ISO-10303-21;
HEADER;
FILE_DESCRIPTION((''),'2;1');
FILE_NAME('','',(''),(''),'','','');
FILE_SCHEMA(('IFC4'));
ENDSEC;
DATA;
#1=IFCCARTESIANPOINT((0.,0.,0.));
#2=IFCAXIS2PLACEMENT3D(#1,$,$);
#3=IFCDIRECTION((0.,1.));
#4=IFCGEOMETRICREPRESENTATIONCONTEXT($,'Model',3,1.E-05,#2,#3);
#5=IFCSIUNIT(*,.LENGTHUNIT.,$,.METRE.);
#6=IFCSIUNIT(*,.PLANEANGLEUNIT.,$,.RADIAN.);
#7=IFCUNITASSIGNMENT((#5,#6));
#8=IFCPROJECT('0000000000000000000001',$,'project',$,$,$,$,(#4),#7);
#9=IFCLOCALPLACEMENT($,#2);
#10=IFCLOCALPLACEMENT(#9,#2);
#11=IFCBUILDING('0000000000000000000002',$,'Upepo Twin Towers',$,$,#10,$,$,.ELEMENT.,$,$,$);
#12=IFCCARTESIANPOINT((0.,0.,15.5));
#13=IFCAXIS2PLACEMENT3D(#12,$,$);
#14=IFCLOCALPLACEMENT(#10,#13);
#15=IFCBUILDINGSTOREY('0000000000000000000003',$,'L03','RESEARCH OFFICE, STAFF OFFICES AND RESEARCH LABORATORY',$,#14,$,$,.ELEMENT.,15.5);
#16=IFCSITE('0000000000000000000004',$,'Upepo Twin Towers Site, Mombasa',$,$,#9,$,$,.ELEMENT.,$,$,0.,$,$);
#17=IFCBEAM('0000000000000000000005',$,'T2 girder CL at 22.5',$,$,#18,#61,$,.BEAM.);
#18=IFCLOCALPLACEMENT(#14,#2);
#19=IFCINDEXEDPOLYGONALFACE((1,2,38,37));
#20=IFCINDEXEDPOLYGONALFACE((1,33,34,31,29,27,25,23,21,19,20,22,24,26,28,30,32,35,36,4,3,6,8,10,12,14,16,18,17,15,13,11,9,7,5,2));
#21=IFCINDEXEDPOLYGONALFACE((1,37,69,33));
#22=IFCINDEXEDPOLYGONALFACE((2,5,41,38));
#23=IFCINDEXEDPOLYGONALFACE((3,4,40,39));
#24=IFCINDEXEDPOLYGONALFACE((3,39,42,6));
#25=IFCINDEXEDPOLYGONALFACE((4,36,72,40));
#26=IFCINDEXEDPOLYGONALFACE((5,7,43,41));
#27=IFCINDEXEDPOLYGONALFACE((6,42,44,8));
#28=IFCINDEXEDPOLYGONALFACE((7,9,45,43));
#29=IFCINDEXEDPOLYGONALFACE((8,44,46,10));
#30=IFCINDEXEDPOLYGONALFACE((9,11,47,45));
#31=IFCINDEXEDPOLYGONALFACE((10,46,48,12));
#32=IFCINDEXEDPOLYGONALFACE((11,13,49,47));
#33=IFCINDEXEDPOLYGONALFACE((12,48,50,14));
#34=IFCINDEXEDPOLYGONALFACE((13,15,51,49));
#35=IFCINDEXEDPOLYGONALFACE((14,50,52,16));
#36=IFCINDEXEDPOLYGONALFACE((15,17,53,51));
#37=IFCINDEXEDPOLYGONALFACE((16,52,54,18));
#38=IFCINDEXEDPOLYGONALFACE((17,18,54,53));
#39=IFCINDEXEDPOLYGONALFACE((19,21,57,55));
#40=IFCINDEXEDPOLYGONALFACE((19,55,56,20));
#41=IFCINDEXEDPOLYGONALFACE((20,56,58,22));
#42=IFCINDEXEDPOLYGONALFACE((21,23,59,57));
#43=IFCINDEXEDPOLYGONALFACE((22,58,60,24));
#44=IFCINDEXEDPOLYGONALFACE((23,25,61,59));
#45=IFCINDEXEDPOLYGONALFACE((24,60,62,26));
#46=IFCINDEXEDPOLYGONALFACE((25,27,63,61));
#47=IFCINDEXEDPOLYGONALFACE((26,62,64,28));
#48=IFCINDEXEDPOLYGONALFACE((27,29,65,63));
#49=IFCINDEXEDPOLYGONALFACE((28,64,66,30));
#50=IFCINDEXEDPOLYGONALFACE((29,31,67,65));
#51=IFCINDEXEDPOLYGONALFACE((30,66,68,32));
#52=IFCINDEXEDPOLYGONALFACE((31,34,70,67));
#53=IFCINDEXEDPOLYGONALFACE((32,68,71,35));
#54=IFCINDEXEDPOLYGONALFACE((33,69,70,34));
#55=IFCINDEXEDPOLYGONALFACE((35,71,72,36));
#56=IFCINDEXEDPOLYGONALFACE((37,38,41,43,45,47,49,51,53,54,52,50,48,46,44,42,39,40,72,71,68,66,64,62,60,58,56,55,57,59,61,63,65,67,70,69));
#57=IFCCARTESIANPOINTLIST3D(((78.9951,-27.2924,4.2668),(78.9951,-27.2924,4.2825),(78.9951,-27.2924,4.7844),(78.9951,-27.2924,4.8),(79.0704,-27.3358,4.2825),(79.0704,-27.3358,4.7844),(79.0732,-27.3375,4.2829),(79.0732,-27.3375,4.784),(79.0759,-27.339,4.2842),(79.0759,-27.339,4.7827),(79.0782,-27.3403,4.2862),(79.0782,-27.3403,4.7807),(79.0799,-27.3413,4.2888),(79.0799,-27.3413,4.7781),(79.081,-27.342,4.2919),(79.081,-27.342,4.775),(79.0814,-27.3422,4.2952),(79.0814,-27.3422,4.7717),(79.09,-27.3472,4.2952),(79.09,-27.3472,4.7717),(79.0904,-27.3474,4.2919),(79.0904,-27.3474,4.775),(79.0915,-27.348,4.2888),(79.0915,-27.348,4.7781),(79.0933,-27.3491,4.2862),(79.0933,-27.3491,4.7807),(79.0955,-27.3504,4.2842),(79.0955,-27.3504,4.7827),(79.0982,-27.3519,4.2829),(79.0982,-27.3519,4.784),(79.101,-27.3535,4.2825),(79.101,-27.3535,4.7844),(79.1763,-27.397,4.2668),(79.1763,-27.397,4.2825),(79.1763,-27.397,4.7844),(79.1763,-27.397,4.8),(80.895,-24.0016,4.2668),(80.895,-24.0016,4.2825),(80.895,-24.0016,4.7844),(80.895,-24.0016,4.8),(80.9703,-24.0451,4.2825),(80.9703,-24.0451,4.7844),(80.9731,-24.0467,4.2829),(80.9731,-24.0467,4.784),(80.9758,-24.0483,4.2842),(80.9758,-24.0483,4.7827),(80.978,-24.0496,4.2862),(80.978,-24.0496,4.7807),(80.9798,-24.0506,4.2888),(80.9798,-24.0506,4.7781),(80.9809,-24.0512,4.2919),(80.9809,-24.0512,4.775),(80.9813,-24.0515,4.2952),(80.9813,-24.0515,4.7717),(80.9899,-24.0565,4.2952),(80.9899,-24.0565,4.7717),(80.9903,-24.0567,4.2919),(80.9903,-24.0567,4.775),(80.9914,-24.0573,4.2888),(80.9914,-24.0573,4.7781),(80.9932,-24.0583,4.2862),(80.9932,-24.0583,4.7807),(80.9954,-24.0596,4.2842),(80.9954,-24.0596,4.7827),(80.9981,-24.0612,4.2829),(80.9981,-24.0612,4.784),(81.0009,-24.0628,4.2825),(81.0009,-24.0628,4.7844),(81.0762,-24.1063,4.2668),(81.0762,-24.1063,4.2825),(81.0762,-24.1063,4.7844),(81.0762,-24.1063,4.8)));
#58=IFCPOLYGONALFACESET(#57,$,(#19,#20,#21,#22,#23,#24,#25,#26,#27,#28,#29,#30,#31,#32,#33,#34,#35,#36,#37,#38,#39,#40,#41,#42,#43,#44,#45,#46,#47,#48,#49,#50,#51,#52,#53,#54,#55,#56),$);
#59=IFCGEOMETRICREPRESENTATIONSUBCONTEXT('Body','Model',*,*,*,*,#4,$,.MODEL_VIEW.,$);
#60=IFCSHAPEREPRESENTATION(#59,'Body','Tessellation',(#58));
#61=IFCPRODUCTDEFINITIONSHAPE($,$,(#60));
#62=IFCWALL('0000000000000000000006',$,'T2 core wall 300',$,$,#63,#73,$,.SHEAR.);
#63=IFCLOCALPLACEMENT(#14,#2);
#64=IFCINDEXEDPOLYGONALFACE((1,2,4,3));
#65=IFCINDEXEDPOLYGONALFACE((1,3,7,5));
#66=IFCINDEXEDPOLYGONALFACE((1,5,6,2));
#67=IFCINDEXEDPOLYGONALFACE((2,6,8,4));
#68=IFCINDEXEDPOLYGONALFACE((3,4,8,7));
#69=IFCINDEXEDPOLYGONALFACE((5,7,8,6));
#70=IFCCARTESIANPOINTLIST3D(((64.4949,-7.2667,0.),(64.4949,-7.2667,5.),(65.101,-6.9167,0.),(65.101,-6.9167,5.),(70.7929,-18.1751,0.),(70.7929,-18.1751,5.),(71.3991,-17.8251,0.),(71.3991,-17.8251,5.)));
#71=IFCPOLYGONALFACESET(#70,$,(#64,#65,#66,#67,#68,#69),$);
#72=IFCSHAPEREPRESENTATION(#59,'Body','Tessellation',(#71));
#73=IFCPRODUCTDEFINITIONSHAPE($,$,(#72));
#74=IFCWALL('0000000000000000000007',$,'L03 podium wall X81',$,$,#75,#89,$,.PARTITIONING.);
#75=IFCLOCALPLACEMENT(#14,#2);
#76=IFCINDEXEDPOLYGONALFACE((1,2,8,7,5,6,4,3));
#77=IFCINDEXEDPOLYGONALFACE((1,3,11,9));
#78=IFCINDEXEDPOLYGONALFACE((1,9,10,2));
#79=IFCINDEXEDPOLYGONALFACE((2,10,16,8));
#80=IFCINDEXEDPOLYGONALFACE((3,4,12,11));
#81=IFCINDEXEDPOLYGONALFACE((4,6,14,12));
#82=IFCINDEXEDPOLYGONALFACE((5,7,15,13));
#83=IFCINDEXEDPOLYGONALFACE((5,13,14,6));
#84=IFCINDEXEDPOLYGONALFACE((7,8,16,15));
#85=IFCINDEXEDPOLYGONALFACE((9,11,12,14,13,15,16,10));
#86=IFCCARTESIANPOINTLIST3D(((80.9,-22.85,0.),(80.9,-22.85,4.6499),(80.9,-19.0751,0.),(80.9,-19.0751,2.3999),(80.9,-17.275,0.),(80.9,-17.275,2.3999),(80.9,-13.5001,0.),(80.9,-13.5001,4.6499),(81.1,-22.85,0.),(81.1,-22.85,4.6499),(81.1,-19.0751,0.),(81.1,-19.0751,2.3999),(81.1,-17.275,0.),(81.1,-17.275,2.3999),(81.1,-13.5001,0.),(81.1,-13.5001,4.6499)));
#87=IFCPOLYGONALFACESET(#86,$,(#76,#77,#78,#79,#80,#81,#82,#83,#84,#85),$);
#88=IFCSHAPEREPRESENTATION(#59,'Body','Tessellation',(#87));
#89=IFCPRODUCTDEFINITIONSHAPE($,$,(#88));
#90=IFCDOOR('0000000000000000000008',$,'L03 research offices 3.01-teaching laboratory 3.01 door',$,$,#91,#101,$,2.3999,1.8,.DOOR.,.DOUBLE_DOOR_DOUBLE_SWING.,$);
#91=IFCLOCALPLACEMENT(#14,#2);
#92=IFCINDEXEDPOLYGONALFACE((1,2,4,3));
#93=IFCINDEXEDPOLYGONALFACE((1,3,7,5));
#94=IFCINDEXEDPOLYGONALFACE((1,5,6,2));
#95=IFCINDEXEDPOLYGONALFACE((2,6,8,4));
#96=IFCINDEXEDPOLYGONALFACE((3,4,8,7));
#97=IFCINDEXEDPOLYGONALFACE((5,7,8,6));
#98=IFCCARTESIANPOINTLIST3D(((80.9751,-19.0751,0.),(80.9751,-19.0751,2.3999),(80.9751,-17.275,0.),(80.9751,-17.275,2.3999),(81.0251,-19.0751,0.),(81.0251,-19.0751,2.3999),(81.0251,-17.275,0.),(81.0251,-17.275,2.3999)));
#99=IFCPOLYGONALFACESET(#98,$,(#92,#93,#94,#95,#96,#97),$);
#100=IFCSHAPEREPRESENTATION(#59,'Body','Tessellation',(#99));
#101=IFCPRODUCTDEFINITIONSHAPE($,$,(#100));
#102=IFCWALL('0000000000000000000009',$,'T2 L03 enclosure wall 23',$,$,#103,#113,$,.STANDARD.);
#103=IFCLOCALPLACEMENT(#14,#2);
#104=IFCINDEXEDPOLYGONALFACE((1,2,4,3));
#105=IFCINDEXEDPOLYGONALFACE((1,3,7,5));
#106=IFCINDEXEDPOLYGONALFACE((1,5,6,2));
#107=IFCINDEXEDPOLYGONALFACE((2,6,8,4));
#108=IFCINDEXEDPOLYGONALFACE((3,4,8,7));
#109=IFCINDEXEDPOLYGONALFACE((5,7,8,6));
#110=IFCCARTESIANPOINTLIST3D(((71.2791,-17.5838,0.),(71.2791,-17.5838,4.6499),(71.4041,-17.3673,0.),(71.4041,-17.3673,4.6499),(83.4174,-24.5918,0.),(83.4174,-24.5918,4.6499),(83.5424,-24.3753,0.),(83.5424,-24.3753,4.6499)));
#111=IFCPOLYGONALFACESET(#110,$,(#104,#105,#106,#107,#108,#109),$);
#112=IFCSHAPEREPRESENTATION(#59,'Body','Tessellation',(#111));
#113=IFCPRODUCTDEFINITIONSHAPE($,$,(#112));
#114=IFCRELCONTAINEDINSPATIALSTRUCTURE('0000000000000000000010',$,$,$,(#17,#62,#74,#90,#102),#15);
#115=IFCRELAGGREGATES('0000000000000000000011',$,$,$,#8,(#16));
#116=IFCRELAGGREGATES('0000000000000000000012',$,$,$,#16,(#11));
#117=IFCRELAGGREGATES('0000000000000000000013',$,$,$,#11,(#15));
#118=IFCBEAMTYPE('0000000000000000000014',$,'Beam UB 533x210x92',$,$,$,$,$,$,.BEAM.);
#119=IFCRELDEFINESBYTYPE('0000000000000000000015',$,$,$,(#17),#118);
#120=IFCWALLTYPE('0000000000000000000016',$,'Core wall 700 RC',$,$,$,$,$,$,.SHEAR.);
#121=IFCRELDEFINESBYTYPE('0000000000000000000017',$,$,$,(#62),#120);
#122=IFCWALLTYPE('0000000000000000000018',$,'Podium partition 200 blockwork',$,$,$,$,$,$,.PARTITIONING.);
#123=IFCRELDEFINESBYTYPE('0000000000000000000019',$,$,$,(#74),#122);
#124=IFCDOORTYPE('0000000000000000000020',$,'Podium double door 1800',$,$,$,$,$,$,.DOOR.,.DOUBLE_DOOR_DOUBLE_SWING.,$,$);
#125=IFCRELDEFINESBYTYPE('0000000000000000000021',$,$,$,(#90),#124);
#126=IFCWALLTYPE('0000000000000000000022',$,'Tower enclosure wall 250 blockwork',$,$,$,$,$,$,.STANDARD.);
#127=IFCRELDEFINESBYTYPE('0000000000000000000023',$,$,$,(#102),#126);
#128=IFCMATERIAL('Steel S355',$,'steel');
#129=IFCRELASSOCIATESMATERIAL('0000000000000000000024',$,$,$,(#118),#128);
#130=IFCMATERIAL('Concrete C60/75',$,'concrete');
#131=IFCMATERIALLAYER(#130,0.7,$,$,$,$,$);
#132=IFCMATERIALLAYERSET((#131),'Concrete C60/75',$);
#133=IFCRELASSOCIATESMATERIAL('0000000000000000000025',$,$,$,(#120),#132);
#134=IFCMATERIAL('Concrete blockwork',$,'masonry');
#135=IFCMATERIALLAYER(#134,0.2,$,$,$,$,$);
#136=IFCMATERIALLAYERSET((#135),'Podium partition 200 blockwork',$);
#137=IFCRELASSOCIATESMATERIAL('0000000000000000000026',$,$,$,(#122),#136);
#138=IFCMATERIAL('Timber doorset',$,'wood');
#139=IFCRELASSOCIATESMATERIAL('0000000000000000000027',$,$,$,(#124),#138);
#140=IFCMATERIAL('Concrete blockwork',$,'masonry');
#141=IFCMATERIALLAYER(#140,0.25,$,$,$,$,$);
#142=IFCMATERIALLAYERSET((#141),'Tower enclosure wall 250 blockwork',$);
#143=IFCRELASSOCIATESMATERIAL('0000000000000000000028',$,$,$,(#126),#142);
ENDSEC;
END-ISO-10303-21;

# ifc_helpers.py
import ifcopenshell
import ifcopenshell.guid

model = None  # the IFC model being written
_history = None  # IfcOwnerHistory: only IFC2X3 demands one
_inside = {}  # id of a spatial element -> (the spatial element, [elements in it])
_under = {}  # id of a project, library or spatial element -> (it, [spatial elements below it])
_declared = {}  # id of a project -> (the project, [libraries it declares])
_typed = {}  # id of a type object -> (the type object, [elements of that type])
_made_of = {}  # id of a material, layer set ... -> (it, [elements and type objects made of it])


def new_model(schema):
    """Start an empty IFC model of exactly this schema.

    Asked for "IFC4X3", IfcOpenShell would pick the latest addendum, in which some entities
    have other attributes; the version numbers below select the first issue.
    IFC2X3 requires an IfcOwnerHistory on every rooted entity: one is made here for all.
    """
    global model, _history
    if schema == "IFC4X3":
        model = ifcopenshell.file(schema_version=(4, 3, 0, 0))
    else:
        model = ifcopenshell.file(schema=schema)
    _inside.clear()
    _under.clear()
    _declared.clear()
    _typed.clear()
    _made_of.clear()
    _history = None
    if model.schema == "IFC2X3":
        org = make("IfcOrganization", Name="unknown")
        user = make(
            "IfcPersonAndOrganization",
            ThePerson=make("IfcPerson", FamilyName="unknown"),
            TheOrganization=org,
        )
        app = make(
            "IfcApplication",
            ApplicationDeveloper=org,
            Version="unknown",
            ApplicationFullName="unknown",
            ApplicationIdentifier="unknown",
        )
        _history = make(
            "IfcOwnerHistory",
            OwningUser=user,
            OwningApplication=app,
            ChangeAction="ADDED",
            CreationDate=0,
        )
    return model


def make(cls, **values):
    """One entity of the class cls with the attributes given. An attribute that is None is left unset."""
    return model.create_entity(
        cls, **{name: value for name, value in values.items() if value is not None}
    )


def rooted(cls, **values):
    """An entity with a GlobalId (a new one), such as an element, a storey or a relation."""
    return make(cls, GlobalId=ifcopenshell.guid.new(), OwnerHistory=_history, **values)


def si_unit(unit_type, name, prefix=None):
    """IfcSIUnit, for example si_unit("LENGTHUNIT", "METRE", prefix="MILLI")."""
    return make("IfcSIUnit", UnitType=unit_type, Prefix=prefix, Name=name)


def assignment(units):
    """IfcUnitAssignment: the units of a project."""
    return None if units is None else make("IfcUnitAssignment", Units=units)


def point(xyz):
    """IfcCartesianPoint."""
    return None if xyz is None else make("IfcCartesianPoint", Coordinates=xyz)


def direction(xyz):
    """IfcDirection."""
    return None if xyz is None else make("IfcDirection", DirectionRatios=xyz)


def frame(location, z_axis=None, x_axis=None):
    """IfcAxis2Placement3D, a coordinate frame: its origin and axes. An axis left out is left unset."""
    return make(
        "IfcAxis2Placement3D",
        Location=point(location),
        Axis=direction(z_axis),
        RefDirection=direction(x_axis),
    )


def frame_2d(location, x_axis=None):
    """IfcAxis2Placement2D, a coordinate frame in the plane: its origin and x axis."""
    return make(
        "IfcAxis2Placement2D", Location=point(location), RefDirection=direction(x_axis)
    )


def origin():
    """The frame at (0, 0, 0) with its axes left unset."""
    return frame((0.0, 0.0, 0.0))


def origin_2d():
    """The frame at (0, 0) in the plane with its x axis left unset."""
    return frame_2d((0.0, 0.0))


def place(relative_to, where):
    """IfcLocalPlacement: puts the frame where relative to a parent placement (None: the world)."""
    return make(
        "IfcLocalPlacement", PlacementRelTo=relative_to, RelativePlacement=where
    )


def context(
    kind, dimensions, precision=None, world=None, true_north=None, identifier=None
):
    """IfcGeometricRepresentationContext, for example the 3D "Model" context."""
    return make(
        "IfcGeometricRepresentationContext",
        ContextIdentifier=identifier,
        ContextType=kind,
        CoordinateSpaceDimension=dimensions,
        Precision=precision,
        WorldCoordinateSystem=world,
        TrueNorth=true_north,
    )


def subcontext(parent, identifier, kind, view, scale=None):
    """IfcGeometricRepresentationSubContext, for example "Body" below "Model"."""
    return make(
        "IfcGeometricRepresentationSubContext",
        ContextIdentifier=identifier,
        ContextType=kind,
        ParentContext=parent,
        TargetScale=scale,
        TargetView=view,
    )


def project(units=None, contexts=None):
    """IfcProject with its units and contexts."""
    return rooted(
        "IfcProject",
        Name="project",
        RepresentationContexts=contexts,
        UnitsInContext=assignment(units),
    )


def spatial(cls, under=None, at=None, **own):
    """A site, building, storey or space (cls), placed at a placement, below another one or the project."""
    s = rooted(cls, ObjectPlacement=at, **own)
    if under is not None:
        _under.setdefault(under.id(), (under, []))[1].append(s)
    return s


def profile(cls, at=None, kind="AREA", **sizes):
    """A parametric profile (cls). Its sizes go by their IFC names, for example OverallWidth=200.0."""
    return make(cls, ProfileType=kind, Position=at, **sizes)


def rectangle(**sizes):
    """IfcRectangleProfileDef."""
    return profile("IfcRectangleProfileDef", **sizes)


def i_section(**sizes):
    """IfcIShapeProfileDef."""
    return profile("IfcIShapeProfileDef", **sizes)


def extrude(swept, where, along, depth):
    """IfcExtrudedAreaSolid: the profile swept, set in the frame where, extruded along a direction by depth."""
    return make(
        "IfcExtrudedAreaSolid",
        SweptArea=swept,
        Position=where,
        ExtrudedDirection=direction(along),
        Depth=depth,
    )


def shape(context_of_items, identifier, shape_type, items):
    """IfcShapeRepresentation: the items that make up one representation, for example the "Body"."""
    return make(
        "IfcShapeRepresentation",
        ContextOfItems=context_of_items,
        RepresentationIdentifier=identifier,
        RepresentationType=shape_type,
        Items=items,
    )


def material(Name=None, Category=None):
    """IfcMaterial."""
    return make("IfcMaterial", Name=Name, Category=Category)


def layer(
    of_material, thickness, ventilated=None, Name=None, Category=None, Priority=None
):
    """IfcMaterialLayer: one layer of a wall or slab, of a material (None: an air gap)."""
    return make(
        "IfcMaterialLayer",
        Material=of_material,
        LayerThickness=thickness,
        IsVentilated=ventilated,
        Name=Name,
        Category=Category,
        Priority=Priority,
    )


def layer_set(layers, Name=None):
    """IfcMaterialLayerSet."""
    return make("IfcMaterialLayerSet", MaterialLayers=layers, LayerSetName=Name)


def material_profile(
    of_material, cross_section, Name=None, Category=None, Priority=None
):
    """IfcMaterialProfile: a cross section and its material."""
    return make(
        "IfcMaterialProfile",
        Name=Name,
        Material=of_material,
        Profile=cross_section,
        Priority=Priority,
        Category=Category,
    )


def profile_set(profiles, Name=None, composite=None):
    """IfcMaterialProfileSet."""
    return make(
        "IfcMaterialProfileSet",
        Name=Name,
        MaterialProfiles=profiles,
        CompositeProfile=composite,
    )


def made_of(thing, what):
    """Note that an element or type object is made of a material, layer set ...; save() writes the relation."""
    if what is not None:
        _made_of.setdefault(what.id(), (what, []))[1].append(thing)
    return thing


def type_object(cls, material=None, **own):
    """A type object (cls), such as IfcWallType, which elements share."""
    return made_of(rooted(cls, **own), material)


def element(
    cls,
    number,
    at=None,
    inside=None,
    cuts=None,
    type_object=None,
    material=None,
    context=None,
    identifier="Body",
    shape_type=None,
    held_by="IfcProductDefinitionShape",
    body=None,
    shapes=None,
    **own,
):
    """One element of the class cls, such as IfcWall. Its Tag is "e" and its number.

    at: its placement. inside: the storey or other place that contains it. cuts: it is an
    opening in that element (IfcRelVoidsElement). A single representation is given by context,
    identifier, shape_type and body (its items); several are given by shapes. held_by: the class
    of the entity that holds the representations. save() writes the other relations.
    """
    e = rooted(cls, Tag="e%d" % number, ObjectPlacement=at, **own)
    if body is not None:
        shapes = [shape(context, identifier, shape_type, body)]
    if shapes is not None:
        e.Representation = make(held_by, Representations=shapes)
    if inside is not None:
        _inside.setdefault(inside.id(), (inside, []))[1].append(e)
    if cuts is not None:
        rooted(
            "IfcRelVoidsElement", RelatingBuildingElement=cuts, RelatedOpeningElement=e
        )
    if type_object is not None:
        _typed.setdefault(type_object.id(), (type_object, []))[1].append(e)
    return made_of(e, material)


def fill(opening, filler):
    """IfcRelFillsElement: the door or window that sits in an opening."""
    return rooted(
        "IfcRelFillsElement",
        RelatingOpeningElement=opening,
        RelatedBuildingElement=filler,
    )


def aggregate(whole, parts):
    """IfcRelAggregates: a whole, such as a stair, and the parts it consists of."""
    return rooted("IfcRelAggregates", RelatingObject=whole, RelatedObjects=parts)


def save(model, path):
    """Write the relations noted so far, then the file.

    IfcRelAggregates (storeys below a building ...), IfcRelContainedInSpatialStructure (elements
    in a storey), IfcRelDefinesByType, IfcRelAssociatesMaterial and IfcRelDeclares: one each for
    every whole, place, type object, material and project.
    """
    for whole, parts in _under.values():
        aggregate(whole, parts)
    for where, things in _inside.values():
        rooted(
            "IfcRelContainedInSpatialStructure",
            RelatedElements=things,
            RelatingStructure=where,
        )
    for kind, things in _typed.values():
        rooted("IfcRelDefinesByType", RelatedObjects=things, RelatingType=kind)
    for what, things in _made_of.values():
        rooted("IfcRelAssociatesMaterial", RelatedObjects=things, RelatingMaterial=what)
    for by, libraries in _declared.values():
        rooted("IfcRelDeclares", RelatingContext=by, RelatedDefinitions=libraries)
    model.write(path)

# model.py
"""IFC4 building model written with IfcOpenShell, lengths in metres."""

from ifc_helpers import new_model, si_unit, direction, frame, frame_2d, origin, origin_2d, place, context, subcontext, project, spatial, rectangle, i_section, extrude, material, layer, layer_set, material_profile, profile_set, type_object, element, fill, save


model = new_model("IFC4")

# Units and contexts
model_context = context("Model", 3, precision=1e-05, world=origin(), true_north=direction((0.0, 1.0)))
body_context = subcontext(model_context, "Body", "Model", "MODEL_VIEW")
ifc_project = project(units=[si_unit("LENGTHUNIT", "METRE"), si_unit("PLANEANGLEUNIT", "RADIAN")], contexts=[model_context])

# Site, building, storey
site_placement = place(None, origin())
site = spatial("IfcSite", under=ifc_project, at=site_placement, Name="Upepo Twin Towers Site, Mombasa", CompositionType="ELEMENT", RefElevation=0.0)
building_placement = place(site_placement, origin())
building = spatial("IfcBuilding", under=site, at=building_placement, Name="Upepo Twin Towers", CompositionType="ELEMENT")
storey_placement = place(building_placement, frame((0.0, 0.0, 15.5)))
storey = spatial("IfcBuildingStorey", under=building, at=storey_placement, Name="L03", Description="RESEARCH OFFICE, STAFF OFFICES AND RESEARCH LABORATORY", CompositionType="ELEMENT", Elevation=15.5)

# Beam
ifc_material_1 = material(Name="Steel S355", Category="steel")
ifc_material_profile_1 = material_profile(ifc_material_1, i_section(OverallWidth=0.2092, OverallDepth=0.5332, WebThickness=0.01, FlangeThickness=0.0156, FilletRadius=0.0127, at=origin_2d()), Name="UB 533x210x92")
ifc_profile_set_1 = profile_set([ifc_material_profile_1], Name="Steel S355")
beam_type_1 = type_object("IfcBeamType", Name="Beam UB 533x210x92", PredefinedType="BEAM", material=ifc_profile_set_1)
for number, where, z_axis, x_axis, name in (
    (1, (80.9856, -24.054, 4.5334), (-0.499995, -0.866028, 0.0), (0.866028, -0.499995, 0.0), "T2 girder CL at 22.5"),
):
    element("IfcBeam", number, at=place(storey_placement, frame(where, z_axis=z_axis, x_axis=x_axis)), inside=storey, type_object=beam_type_1, Name=name, PredefinedType="BEAM", context=body_context, shape_type="SweptSolid", body=[
        extrude(i_section(OverallWidth=0.2092, OverallDepth=0.5332, WebThickness=0.01, FlangeThickness=0.0156, FilletRadius=0.0127, at=origin_2d()), origin(), (0.0, 0.0, 1.0), 3.7998),
    ])

# Wall
ifc_material_2 = material(Name="Concrete C60/75", Category="concrete")
ifc_layer_1 = layer(ifc_material_2, 0.7)
ifc_layer_set_1 = layer_set([ifc_layer_1], Name="Concrete C60/75")
wall_type_1 = type_object("IfcWallType", Name="Core wall 700 RC", PredefinedType="SHEAR", material=ifc_layer_set_1)
wall_1_placement = place(storey_placement, frame((71.0959, -18.0, 0.0), z_axis=(0.0, 0.0, 1.0), x_axis=(-0.500006, 0.866022, 0.0)))
element("IfcWall", 2, at=wall_1_placement, inside=storey, type_object=wall_type_1, Name="T2 core wall 300", PredefinedType="SHEAR", context=body_context, shape_type="SweptSolid", body=[
    extrude(rectangle(XDim=12.5959, YDim=0.7, at=frame_2d((6.2979, 0.0))), origin(), (0.0, 0.0, 1.0), 5.0),
])

# Wall, opening, door
ifc_material_3 = material(Name="Concrete blockwork", Category="masonry")
ifc_layer_2 = layer(ifc_material_3, 0.2)
ifc_layer_set_2 = layer_set([ifc_layer_2], Name="Podium partition 200 blockwork")
wall_type_2 = type_object("IfcWallType", Name="Podium partition 200 blockwork", PredefinedType="PARTITIONING", material=ifc_layer_set_2)
wall_2_placement = place(storey_placement, frame((81.0, -22.8499, 0.0), z_axis=(0.0, 0.0, 1.0), x_axis=(0.0, 1.0, 0.0)))
wall_2 = element("IfcWall", 3, at=wall_2_placement, inside=storey, type_object=wall_type_2, Name="L03 podium wall X81", PredefinedType="PARTITIONING", context=body_context, shape_type="SweptSolid", body=[
    extrude(rectangle(XDim=9.3499, YDim=0.2, at=frame_2d((4.6748, 0.0))), origin(), (0.0, 0.0, 1.0), 4.6499),
])
opening_placement = place(wall_2_placement, frame((3.7749, 0.0, 0.0)))
opening = element("IfcOpeningElement", 4, at=opening_placement, cuts=wall_2, PredefinedType="OPENING", context=body_context, shape_type="SweptSolid", body=[
    extrude(rectangle(XDim=1.8, YDim=2.3999, at=frame_2d((0.8999, 1.2))), frame((0.0, 0.1099, 0.0), z_axis=(0.0, -1.0, 0.0), x_axis=(1.0, 0.0, 0.0)), (0.0, 0.0, 1.0), 0.22),
])
ifc_material_4 = material(Name="Timber doorset", Category="wood")
door_type = type_object("IfcDoorType", Name="Podium double door 1800", OperationType="DOUBLE_DOOR_DOUBLE_SWING", PredefinedType="DOOR", material=ifc_material_4)
door_placement = place(opening_placement, origin())
door = element("IfcDoor", 5, at=door_placement, inside=storey, type_object=door_type, Name="L03 research offices 3.01-teaching laboratory 3.01 door", OperationType="DOUBLE_DOOR_DOUBLE_SWING", OverallHeight=2.3999, OverallWidth=1.8, PredefinedType="DOOR", context=body_context, shape_type="SweptSolid", body=[
    extrude(rectangle(XDim=1.8, YDim=2.3999, at=frame_2d((0.8999, 1.2))), frame((0.0, 0.0249, 0.0), z_axis=(0.0, -1.0, 0.0), x_axis=(1.0, 0.0, 0.0)), (0.0, 0.0, 1.0), 0.05),
])
fill(opening, door)

# Wall
ifc_material_5 = material(Name="Concrete blockwork", Category="masonry")
ifc_layer_3 = layer(ifc_material_5, 0.25)
ifc_layer_set_3 = layer_set([ifc_layer_3], Name="Tower enclosure wall 250 blockwork")
wall_type_3 = type_object("IfcWallType", Name="Tower enclosure wall 250 blockwork", PredefinedType="STANDARD", material=ifc_layer_set_3)
wall_3_placement = place(storey_placement, frame((71.3416, -17.4756, 0.0), z_axis=(0.0, 0.0, 1.0), x_axis=(0.866028, -0.499996, 0.0)))
element("IfcWall", 6, at=wall_3_placement, inside=storey, type_object=wall_type_3, Name="T2 L03 enclosure wall 23", PredefinedType="STANDARD", context=body_context, shape_type="SweptSolid", body=[
    extrude(rectangle(XDim=14.0161, YDim=0.25, at=frame_2d((7.0081, 0.0))), origin(), (0.0, 0.0, 1.0), 4.6499),
])

save(model, "model.ifc")
